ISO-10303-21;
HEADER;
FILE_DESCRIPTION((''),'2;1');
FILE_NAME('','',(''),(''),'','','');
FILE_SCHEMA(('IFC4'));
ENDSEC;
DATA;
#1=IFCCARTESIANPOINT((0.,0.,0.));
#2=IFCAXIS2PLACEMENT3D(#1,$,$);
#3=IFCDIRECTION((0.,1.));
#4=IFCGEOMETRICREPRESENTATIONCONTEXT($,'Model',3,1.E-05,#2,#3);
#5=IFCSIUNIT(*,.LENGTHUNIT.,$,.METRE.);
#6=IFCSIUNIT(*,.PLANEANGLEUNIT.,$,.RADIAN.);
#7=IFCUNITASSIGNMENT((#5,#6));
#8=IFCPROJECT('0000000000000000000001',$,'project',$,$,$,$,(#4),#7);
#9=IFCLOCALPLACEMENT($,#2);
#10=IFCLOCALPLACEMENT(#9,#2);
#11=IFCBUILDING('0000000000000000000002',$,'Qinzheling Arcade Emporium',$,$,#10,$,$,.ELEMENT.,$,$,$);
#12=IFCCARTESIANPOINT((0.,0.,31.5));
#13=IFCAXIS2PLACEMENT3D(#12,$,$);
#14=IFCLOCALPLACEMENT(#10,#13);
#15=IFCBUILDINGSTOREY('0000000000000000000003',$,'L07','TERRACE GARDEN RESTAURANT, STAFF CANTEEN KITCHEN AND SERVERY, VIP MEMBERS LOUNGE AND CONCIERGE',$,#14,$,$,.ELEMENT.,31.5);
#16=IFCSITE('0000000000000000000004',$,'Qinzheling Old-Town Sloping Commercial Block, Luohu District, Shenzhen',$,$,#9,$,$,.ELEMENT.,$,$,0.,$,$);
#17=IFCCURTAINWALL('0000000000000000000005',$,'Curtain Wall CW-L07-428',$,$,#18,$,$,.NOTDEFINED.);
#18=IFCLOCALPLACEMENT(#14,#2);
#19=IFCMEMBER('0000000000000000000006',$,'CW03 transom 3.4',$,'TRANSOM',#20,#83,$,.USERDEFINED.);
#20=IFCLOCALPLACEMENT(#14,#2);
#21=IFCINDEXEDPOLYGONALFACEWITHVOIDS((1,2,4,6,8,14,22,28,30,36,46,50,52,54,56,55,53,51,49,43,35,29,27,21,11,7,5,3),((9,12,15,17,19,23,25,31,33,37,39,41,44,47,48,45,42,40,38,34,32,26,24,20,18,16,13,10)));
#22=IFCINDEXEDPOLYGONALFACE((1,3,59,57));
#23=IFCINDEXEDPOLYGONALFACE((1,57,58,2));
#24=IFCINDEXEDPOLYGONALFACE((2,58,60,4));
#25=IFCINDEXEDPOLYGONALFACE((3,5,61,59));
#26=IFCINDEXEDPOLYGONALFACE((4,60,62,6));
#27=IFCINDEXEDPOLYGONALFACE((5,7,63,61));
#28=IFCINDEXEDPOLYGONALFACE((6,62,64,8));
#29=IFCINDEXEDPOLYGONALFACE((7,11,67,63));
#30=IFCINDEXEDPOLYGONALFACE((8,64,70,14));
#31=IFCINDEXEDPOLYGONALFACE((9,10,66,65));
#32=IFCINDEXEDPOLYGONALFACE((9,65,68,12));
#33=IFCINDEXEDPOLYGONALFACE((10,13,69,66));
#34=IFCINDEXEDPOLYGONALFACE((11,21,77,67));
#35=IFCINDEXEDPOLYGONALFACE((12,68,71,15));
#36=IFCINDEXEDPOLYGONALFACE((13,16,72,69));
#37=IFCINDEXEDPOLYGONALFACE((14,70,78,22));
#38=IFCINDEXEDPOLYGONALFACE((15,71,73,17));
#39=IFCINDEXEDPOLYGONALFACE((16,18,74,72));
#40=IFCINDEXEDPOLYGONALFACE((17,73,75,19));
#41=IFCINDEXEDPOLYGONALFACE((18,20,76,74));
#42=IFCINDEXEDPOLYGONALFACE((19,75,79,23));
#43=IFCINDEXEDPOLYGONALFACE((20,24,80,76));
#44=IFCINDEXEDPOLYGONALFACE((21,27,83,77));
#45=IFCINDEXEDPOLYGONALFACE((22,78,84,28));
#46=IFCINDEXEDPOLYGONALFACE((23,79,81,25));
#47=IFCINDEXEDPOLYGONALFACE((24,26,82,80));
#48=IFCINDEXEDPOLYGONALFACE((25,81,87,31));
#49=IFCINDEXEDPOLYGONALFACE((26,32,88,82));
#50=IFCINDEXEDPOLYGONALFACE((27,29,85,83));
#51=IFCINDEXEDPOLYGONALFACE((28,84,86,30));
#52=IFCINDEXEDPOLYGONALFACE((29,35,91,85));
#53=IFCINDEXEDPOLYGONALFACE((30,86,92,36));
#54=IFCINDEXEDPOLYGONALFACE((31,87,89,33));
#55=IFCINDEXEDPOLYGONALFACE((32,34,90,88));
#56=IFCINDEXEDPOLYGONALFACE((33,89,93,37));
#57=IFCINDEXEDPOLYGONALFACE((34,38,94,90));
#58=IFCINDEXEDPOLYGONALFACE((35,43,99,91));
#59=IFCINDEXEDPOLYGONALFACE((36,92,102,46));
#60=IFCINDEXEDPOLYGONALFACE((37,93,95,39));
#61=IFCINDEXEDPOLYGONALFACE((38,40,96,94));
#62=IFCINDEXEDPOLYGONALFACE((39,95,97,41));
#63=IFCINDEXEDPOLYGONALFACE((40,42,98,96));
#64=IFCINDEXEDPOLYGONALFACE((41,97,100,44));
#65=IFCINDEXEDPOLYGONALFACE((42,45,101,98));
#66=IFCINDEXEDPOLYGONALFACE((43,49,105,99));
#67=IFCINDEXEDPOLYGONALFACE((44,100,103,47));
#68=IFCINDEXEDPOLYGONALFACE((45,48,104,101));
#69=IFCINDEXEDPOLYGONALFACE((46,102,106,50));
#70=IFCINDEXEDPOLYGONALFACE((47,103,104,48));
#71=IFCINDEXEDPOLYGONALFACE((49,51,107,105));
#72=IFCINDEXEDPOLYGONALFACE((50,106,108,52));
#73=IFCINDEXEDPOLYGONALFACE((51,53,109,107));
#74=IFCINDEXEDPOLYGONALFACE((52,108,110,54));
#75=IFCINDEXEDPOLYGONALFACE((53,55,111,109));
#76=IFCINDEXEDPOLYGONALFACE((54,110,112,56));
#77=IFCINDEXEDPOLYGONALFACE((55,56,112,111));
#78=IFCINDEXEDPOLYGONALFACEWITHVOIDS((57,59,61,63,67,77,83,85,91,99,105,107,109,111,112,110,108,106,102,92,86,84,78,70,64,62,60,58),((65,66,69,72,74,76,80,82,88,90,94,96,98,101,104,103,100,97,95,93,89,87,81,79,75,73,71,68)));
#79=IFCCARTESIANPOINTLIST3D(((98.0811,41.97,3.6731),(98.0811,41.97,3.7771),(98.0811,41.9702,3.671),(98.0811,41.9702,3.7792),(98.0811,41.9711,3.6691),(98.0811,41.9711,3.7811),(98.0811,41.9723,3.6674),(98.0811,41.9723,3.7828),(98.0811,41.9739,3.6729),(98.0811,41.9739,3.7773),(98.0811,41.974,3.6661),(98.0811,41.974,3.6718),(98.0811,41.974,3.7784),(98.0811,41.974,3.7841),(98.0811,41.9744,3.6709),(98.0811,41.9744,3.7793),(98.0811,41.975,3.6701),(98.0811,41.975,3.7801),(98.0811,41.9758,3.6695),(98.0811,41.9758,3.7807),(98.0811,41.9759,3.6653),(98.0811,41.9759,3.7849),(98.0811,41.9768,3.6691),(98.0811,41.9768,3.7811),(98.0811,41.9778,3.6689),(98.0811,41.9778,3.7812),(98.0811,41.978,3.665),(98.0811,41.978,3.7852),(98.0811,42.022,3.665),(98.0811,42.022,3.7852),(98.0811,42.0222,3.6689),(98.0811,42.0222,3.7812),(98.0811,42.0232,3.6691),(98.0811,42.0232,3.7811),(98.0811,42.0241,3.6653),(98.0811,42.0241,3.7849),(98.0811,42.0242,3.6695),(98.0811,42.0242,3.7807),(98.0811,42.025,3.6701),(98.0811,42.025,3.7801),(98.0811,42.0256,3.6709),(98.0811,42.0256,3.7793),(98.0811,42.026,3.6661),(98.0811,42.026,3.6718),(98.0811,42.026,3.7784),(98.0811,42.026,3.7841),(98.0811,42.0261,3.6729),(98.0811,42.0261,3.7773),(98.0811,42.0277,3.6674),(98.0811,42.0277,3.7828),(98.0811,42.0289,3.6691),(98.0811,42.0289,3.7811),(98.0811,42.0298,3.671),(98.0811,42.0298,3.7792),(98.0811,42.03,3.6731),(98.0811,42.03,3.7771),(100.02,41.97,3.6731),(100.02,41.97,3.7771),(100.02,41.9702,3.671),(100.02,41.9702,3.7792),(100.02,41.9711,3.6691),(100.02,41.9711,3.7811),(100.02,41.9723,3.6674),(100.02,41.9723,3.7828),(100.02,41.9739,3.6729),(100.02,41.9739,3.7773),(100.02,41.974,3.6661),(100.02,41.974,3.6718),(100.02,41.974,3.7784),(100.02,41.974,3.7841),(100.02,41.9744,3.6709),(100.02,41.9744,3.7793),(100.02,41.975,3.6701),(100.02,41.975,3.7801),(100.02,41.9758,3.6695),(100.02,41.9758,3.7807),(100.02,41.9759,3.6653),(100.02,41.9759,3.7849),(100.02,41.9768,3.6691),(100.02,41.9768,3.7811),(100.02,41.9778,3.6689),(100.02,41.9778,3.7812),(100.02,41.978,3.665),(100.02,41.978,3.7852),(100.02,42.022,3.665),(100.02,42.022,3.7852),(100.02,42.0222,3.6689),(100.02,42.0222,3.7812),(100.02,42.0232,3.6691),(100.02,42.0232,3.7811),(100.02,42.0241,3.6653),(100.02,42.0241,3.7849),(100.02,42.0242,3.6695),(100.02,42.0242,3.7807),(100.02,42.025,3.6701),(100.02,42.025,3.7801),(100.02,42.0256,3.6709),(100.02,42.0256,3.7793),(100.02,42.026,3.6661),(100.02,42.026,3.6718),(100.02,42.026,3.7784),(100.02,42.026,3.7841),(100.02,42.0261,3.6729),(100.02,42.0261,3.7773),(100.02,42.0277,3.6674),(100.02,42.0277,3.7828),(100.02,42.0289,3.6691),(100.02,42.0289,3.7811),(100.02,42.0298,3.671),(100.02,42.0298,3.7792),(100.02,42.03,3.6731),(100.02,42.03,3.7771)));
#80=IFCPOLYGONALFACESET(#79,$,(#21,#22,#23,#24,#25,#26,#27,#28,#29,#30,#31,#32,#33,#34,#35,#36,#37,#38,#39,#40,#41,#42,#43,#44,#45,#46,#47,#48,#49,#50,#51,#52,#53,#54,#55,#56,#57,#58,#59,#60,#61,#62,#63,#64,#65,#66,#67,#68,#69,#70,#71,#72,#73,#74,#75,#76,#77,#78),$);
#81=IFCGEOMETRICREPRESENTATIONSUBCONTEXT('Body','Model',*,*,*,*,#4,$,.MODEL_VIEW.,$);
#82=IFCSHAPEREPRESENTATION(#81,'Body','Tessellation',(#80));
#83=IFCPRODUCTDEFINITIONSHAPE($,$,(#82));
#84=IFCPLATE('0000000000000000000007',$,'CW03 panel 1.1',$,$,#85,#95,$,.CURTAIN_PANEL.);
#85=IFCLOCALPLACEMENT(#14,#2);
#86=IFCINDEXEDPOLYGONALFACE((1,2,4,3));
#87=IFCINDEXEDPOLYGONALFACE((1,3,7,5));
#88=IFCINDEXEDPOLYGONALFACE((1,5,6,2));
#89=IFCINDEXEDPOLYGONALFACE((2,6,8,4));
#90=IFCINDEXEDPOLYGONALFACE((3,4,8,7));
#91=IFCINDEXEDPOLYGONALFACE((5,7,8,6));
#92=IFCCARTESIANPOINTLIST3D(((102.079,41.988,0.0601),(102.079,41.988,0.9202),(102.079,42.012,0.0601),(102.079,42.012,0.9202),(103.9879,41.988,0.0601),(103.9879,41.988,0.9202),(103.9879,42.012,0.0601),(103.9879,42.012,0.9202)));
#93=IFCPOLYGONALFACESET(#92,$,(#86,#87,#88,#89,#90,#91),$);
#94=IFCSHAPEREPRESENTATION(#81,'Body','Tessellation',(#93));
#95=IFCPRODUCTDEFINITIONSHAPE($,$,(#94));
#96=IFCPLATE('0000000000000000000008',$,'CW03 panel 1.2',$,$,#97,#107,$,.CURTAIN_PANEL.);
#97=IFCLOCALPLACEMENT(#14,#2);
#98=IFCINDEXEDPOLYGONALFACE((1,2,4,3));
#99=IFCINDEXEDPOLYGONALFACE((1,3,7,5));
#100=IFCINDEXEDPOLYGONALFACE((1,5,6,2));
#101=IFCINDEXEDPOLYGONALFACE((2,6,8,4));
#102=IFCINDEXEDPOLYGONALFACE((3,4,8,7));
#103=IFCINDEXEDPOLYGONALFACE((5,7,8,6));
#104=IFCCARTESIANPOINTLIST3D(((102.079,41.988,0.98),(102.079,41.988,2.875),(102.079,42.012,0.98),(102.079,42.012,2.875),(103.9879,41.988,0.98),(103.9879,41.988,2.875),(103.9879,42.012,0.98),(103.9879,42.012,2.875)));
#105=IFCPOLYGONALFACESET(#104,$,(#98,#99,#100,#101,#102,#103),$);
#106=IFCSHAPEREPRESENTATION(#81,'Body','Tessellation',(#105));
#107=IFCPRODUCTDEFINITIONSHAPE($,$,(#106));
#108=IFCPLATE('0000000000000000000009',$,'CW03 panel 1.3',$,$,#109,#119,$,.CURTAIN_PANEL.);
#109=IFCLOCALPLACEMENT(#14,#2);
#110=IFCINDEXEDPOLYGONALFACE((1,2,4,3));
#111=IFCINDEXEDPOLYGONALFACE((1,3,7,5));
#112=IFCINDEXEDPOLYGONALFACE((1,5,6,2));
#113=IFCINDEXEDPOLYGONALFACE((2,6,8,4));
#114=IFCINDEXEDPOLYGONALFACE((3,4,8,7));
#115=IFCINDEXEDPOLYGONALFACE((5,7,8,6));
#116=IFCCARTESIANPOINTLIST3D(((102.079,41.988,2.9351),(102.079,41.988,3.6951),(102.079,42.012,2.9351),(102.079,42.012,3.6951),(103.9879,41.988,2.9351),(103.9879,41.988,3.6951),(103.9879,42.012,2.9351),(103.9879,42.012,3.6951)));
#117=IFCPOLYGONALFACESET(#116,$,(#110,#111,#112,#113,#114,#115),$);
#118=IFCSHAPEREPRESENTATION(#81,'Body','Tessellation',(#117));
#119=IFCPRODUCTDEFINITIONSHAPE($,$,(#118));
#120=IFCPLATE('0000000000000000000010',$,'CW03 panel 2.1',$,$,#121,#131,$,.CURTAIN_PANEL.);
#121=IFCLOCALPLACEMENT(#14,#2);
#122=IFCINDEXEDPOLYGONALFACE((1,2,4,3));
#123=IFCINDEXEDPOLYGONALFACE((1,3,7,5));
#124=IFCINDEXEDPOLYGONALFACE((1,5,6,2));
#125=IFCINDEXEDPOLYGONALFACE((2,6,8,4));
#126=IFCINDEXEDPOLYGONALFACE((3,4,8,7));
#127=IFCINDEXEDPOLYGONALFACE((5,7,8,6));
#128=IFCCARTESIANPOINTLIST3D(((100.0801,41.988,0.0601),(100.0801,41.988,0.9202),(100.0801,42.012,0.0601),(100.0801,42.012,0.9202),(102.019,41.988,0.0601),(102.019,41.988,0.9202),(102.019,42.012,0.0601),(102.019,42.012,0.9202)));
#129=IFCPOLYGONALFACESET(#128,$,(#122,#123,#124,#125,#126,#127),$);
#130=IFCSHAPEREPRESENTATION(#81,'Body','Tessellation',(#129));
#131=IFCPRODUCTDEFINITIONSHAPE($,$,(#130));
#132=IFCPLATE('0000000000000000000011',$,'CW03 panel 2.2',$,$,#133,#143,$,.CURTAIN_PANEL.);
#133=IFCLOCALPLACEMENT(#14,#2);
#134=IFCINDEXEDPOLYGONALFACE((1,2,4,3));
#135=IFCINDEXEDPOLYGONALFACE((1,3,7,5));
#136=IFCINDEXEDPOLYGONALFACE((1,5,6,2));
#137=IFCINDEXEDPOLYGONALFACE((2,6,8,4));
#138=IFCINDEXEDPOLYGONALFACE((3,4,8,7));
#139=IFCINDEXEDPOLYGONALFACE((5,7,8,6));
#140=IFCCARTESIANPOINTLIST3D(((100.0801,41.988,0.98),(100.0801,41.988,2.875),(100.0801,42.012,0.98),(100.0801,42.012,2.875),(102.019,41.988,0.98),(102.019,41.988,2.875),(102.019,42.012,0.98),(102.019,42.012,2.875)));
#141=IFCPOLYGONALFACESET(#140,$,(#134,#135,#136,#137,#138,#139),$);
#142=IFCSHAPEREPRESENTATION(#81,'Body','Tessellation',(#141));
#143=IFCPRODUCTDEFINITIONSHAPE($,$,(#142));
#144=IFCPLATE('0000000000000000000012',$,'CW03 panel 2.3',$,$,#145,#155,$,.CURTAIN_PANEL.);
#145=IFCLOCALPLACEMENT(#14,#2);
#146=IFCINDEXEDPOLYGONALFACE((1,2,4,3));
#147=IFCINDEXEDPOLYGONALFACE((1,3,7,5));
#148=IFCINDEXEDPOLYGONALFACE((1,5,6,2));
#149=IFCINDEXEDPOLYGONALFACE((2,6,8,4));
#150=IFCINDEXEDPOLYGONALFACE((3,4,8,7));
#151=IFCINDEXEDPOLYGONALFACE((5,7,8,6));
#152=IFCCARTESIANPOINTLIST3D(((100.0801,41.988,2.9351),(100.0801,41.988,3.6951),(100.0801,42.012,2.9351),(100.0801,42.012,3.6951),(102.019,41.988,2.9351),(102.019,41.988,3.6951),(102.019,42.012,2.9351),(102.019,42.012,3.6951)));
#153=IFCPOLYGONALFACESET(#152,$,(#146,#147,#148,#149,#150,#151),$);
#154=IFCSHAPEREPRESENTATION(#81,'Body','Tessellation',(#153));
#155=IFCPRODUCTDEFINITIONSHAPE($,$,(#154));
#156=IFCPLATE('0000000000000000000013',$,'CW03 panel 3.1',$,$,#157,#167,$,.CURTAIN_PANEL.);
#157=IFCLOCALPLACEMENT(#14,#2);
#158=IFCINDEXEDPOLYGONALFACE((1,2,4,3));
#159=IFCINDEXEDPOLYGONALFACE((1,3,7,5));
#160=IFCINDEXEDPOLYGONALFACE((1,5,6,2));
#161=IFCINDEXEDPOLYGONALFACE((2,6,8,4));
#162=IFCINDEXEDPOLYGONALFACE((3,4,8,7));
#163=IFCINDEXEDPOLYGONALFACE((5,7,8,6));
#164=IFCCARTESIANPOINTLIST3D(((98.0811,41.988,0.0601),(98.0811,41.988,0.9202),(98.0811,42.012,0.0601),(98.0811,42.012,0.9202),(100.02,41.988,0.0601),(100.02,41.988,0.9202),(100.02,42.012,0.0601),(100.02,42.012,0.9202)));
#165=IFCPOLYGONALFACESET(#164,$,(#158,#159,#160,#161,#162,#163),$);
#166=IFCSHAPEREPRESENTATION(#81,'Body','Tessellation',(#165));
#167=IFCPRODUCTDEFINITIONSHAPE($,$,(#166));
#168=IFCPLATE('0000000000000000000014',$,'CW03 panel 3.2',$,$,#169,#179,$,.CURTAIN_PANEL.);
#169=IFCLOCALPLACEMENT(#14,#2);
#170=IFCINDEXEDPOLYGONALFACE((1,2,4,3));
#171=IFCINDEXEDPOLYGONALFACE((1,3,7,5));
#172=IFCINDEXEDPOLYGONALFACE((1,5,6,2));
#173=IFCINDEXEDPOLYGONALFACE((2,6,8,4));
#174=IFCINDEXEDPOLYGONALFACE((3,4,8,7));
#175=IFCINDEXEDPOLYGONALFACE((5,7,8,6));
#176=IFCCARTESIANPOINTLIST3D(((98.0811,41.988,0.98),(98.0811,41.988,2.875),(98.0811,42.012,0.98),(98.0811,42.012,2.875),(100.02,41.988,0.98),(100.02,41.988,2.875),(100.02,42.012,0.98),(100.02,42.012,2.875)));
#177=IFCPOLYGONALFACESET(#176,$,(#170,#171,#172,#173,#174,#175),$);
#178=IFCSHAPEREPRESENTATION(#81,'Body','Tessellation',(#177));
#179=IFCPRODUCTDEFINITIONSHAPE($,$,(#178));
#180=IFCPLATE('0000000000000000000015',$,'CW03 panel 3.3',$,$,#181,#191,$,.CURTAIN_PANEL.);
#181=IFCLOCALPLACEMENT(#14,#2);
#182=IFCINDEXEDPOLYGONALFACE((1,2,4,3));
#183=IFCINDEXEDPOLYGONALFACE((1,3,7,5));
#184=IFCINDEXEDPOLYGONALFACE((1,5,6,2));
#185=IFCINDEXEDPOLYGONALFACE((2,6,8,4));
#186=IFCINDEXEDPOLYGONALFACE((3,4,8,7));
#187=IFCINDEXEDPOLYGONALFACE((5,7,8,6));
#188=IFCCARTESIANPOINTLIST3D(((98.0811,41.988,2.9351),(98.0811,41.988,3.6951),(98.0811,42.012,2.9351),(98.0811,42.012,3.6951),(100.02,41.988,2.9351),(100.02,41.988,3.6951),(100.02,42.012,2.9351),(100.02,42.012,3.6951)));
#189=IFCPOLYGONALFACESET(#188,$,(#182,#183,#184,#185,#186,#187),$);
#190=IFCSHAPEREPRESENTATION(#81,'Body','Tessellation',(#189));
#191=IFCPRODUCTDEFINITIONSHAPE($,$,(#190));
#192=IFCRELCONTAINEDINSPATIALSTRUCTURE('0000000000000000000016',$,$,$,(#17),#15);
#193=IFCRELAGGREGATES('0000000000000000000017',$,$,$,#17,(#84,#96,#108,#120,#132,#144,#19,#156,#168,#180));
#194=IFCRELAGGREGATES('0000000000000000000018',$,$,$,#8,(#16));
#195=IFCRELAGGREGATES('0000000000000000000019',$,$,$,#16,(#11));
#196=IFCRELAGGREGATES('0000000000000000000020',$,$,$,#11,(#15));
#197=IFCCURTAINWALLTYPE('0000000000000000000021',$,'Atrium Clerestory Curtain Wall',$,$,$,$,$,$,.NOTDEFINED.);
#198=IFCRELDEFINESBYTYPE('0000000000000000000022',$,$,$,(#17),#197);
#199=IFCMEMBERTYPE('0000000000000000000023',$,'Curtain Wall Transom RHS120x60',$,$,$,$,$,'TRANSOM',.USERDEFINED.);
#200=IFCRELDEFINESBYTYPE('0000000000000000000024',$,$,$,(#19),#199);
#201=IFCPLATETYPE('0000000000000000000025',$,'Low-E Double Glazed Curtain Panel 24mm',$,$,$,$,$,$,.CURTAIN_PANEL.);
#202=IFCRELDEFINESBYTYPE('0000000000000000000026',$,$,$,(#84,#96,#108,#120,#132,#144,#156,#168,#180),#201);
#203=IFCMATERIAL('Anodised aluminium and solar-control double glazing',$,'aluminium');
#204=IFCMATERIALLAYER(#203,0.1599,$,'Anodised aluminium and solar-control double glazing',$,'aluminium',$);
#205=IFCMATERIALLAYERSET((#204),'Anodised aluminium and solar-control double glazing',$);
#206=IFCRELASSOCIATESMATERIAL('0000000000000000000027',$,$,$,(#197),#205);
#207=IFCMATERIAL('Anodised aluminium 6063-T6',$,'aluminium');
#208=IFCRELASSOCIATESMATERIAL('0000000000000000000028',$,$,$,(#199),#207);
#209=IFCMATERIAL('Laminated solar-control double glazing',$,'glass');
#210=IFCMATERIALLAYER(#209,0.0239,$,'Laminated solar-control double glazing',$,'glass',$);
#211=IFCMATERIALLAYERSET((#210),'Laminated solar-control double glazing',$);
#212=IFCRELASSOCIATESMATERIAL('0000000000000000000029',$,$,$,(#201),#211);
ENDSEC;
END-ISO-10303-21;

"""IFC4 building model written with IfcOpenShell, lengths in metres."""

from ifc_helpers import new_model, si_unit, direction, frame, origin, origin_2d, place, context, subcontext, project, spatial, rectangle, hollow_rectangle, extrude, material, layer, layer_set, material_profile, profile_set, type_object, element, aggregate, save


model = new_model("IFC4")

# Units and contexts
model_context = context("Model", 3, precision=1e-05, world=origin(), true_north=direction((0.0, 1.0)))
body_context = subcontext(model_context, "Body", "Model", "MODEL_VIEW")
ifc_project = project(units=[si_unit("LENGTHUNIT", "METRE"), si_unit("PLANEANGLEUNIT", "RADIAN")], contexts=[model_context])

# Site, building, storey
site_placement = place(None, origin())
site = spatial("IfcSite", under=ifc_project, at=site_placement, Name="Qinzheling Old-Town Sloping Commercial Block, Luohu District, Shenzhen", CompositionType="ELEMENT", RefElevation=0.0)
building_placement = place(site_placement, origin())
building = spatial("IfcBuilding", under=site, at=building_placement, Name="Qinzheling Arcade Emporium", CompositionType="ELEMENT")
storey_placement = place(building_placement, frame((0.0, 0.0, 31.5)))
storey = spatial("IfcBuildingStorey", under=building, at=storey_placement, Name="L07", Description="TERRACE GARDEN RESTAURANT, STAFF CANTEEN KITCHEN AND SERVERY, VIP MEMBERS LOUNGE AND CONCIERGE", CompositionType="ELEMENT", Elevation=31.5)

# Curtain wall, member, plates
ifc_material_1 = material(Name="Anodised aluminium and solar-control double glazing", Category="aluminium")
ifc_layer_1 = layer(ifc_material_1, 0.1599, Name="Anodised aluminium and solar-control double glazing", Category="aluminium")
ifc_layer_set_1 = layer_set([ifc_layer_1], Name="Anodised aluminium and solar-control double glazing")
curtain_wall_type = type_object("IfcCurtainWallType", Name="Atrium Clerestory Curtain Wall", PredefinedType="NOTDEFINED", material=ifc_layer_set_1)
curtain_wall_placement = place(storey_placement, origin())
curtain_wall = element("IfcCurtainWall", 1, at=curtain_wall_placement, inside=storey, type_object=curtain_wall_type, Name="Curtain Wall CW-L07-428", PredefinedType="NOTDEFINED")
ifc_material_2 = material(Name="Anodised aluminium 6063-T6", Category="aluminium")
ifc_material_profile_1 = material_profile(ifc_material_2, hollow_rectangle(XDim=0.0601, YDim=0.1201, WallThickness=0.0039, InnerFilletRadius=0.0039, OuterFilletRadius=0.0081, at=origin_2d()), Name="RHS 120x60x4", Category="aluminium")
ifc_profile_set_1 = profile_set([ifc_material_profile_1], Name="Anodised aluminium 6063-T6")
member_type_1 = type_object("IfcMemberType", Name="Curtain Wall Transom RHS120x60", ElementType="TRANSOM", PredefinedType="USERDEFINED", material=ifc_profile_set_1)
member_1_placement = place(storey_placement, frame((100.02, 42.0, 3.7251), z_axis=(-1.0, 0.0, 0.0), x_axis=(0.0, -1.0, 0.0)))
member_1 = element("IfcMember", 2, at=member_1_placement, type_object=member_type_1, Name="CW03 transom 3.4", ObjectType="TRANSOM", PredefinedType="USERDEFINED", context=body_context, shape_type="SweptSolid", body=[
    extrude(hollow_rectangle(XDim=0.0601, YDim=0.1201, WallThickness=0.0039, InnerFilletRadius=0.0039, OuterFilletRadius=0.0081, at=origin_2d()), origin(), (0.0, 0.0, 1.0), 1.939),
])
ifc_material_3 = material(Name="Laminated solar-control double glazing", Category="glass")
ifc_layer_2 = layer(ifc_material_3, 0.0239, Name="Laminated solar-control double glazing", Category="glass")
ifc_layer_set_2 = layer_set([ifc_layer_2], Name="Laminated solar-control double glazing")
plate_type = type_object("IfcPlateType", Name="Low-E Double Glazed Curtain Panel 24mm", PredefinedType="CURTAIN_PANEL", material=ifc_layer_set_2)
plate_1_placement = place(storey_placement, frame((103.0334, 42.0, 0.0601), z_axis=(0.0, 0.0, 1.0), x_axis=(-1.0, 0.0, 0.0)))
plate_1 = element("IfcPlate", 3, at=plate_1_placement, type_object=plate_type, Name="CW03 panel 1.1", PredefinedType="CURTAIN_PANEL", context=body_context, shape_type="SweptSolid", body=[
    extrude(rectangle(XDim=1.9089, YDim=0.0239, at=origin_2d()), origin(), (0.0, 0.0, 1.0), 0.8601),
])
plate_2_placement = place(storey_placement, frame((103.0334, 42.0, 0.98), z_axis=(0.0, 0.0, 1.0), x_axis=(-1.0, 0.0, 0.0)))
plate_2 = element("IfcPlate", 4, at=plate_2_placement, type_object=plate_type, Name="CW03 panel 1.2", PredefinedType="CURTAIN_PANEL", context=body_context, shape_type="SweptSolid", body=[
    extrude(rectangle(XDim=1.9089, YDim=0.0239, at=origin_2d()), origin(), (0.0, 0.0, 1.0), 1.895),
])
plate_3_placement = place(storey_placement, frame((103.0334, 42.0, 2.9351), z_axis=(0.0, 0.0, 1.0), x_axis=(-1.0, 0.0, 0.0)))
plate_3 = element("IfcPlate", 5, at=plate_3_placement, type_object=plate_type, Name="CW03 panel 1.3", PredefinedType="CURTAIN_PANEL", context=body_context, shape_type="SweptSolid", body=[
    extrude(rectangle(XDim=1.9089, YDim=0.0239, at=origin_2d()), origin(), (0.0, 0.0, 1.0), 0.76),
])
plate_4_placement = place(storey_placement, frame((101.0496, 42.0, 0.0601), z_axis=(0.0, 0.0, 1.0), x_axis=(-1.0, 0.0, 0.0)))
plate_4 = element("IfcPlate", 6, at=plate_4_placement, type_object=plate_type, Name="CW03 panel 2.1", PredefinedType="CURTAIN_PANEL", context=body_context, shape_type="SweptSolid", body=[
    extrude(rectangle(XDim=1.939, YDim=0.0239, at=origin_2d()), origin(), (0.0, 0.0, 1.0), 0.8601),
])
plate_5_placement = place(storey_placement, frame((101.0496, 42.0, 0.98), z_axis=(0.0, 0.0, 1.0), x_axis=(-1.0, 0.0, 0.0)))
plate_5 = element("IfcPlate", 7, at=plate_5_placement, type_object=plate_type, Name="CW03 panel 2.2", PredefinedType="CURTAIN_PANEL", context=body_context, shape_type="SweptSolid", body=[
    extrude(rectangle(XDim=1.939, YDim=0.0239, at=origin_2d()), origin(), (0.0, 0.0, 1.0), 1.895),
])
plate_6_placement = place(storey_placement, frame((101.0496, 42.0, 2.9351), z_axis=(0.0, 0.0, 1.0), x_axis=(-1.0, 0.0, 0.0)))
plate_6 = element("IfcPlate", 8, at=plate_6_placement, type_object=plate_type, Name="CW03 panel 2.3", PredefinedType="CURTAIN_PANEL", context=body_context, shape_type="SweptSolid", body=[
    extrude(rectangle(XDim=1.939, YDim=0.0239, at=origin_2d()), origin(), (0.0, 0.0, 1.0), 0.76),
])
plate_7_placement = place(storey_placement, frame((99.0505, 42.0, 0.0601), z_axis=(0.0, 0.0, 1.0), x_axis=(-1.0, 0.0, 0.0)))
plate_7 = element("IfcPlate", 9, at=plate_7_placement, type_object=plate_type, Name="CW03 panel 3.1", PredefinedType="CURTAIN_PANEL", context=body_context, shape_type="SweptSolid", body=[
    extrude(rectangle(XDim=1.939, YDim=0.0239, at=origin_2d()), origin(), (0.0, 0.0, 1.0), 0.8601),
])
plate_8_placement = place(storey_placement, frame((99.0505, 42.0, 0.98), z_axis=(0.0, 0.0, 1.0), x_axis=(-1.0, 0.0, 0.0)))
plate_8 = element("IfcPlate", 10, at=plate_8_placement, type_object=plate_type, Name="CW03 panel 3.2", PredefinedType="CURTAIN_PANEL", context=body_context, shape_type="SweptSolid", body=[
    extrude(rectangle(XDim=1.939, YDim=0.0239, at=origin_2d()), origin(), (0.0, 0.0, 1.0), 1.895),
])
plate_9_placement = place(storey_placement, frame((99.0505, 42.0, 2.9351), z_axis=(0.0, 0.0, 1.0), x_axis=(-1.0, 0.0, 0.0)))
plate_9 = element("IfcPlate", 11, at=plate_9_placement, type_object=plate_type, Name="CW03 panel 3.3", PredefinedType="CURTAIN_PANEL", context=body_context, shape_type="SweptSolid", body=[
    extrude(rectangle(XDim=1.939, YDim=0.0239, at=origin_2d()), origin(), (0.0, 0.0, 1.0), 0.76),
])
aggregate(curtain_wall, [plate_1, plate_2, plate_3, plate_4, plate_5, plate_6, member_1, plate_7, plate_8, plate_9])

save(model, "model.ifc")
